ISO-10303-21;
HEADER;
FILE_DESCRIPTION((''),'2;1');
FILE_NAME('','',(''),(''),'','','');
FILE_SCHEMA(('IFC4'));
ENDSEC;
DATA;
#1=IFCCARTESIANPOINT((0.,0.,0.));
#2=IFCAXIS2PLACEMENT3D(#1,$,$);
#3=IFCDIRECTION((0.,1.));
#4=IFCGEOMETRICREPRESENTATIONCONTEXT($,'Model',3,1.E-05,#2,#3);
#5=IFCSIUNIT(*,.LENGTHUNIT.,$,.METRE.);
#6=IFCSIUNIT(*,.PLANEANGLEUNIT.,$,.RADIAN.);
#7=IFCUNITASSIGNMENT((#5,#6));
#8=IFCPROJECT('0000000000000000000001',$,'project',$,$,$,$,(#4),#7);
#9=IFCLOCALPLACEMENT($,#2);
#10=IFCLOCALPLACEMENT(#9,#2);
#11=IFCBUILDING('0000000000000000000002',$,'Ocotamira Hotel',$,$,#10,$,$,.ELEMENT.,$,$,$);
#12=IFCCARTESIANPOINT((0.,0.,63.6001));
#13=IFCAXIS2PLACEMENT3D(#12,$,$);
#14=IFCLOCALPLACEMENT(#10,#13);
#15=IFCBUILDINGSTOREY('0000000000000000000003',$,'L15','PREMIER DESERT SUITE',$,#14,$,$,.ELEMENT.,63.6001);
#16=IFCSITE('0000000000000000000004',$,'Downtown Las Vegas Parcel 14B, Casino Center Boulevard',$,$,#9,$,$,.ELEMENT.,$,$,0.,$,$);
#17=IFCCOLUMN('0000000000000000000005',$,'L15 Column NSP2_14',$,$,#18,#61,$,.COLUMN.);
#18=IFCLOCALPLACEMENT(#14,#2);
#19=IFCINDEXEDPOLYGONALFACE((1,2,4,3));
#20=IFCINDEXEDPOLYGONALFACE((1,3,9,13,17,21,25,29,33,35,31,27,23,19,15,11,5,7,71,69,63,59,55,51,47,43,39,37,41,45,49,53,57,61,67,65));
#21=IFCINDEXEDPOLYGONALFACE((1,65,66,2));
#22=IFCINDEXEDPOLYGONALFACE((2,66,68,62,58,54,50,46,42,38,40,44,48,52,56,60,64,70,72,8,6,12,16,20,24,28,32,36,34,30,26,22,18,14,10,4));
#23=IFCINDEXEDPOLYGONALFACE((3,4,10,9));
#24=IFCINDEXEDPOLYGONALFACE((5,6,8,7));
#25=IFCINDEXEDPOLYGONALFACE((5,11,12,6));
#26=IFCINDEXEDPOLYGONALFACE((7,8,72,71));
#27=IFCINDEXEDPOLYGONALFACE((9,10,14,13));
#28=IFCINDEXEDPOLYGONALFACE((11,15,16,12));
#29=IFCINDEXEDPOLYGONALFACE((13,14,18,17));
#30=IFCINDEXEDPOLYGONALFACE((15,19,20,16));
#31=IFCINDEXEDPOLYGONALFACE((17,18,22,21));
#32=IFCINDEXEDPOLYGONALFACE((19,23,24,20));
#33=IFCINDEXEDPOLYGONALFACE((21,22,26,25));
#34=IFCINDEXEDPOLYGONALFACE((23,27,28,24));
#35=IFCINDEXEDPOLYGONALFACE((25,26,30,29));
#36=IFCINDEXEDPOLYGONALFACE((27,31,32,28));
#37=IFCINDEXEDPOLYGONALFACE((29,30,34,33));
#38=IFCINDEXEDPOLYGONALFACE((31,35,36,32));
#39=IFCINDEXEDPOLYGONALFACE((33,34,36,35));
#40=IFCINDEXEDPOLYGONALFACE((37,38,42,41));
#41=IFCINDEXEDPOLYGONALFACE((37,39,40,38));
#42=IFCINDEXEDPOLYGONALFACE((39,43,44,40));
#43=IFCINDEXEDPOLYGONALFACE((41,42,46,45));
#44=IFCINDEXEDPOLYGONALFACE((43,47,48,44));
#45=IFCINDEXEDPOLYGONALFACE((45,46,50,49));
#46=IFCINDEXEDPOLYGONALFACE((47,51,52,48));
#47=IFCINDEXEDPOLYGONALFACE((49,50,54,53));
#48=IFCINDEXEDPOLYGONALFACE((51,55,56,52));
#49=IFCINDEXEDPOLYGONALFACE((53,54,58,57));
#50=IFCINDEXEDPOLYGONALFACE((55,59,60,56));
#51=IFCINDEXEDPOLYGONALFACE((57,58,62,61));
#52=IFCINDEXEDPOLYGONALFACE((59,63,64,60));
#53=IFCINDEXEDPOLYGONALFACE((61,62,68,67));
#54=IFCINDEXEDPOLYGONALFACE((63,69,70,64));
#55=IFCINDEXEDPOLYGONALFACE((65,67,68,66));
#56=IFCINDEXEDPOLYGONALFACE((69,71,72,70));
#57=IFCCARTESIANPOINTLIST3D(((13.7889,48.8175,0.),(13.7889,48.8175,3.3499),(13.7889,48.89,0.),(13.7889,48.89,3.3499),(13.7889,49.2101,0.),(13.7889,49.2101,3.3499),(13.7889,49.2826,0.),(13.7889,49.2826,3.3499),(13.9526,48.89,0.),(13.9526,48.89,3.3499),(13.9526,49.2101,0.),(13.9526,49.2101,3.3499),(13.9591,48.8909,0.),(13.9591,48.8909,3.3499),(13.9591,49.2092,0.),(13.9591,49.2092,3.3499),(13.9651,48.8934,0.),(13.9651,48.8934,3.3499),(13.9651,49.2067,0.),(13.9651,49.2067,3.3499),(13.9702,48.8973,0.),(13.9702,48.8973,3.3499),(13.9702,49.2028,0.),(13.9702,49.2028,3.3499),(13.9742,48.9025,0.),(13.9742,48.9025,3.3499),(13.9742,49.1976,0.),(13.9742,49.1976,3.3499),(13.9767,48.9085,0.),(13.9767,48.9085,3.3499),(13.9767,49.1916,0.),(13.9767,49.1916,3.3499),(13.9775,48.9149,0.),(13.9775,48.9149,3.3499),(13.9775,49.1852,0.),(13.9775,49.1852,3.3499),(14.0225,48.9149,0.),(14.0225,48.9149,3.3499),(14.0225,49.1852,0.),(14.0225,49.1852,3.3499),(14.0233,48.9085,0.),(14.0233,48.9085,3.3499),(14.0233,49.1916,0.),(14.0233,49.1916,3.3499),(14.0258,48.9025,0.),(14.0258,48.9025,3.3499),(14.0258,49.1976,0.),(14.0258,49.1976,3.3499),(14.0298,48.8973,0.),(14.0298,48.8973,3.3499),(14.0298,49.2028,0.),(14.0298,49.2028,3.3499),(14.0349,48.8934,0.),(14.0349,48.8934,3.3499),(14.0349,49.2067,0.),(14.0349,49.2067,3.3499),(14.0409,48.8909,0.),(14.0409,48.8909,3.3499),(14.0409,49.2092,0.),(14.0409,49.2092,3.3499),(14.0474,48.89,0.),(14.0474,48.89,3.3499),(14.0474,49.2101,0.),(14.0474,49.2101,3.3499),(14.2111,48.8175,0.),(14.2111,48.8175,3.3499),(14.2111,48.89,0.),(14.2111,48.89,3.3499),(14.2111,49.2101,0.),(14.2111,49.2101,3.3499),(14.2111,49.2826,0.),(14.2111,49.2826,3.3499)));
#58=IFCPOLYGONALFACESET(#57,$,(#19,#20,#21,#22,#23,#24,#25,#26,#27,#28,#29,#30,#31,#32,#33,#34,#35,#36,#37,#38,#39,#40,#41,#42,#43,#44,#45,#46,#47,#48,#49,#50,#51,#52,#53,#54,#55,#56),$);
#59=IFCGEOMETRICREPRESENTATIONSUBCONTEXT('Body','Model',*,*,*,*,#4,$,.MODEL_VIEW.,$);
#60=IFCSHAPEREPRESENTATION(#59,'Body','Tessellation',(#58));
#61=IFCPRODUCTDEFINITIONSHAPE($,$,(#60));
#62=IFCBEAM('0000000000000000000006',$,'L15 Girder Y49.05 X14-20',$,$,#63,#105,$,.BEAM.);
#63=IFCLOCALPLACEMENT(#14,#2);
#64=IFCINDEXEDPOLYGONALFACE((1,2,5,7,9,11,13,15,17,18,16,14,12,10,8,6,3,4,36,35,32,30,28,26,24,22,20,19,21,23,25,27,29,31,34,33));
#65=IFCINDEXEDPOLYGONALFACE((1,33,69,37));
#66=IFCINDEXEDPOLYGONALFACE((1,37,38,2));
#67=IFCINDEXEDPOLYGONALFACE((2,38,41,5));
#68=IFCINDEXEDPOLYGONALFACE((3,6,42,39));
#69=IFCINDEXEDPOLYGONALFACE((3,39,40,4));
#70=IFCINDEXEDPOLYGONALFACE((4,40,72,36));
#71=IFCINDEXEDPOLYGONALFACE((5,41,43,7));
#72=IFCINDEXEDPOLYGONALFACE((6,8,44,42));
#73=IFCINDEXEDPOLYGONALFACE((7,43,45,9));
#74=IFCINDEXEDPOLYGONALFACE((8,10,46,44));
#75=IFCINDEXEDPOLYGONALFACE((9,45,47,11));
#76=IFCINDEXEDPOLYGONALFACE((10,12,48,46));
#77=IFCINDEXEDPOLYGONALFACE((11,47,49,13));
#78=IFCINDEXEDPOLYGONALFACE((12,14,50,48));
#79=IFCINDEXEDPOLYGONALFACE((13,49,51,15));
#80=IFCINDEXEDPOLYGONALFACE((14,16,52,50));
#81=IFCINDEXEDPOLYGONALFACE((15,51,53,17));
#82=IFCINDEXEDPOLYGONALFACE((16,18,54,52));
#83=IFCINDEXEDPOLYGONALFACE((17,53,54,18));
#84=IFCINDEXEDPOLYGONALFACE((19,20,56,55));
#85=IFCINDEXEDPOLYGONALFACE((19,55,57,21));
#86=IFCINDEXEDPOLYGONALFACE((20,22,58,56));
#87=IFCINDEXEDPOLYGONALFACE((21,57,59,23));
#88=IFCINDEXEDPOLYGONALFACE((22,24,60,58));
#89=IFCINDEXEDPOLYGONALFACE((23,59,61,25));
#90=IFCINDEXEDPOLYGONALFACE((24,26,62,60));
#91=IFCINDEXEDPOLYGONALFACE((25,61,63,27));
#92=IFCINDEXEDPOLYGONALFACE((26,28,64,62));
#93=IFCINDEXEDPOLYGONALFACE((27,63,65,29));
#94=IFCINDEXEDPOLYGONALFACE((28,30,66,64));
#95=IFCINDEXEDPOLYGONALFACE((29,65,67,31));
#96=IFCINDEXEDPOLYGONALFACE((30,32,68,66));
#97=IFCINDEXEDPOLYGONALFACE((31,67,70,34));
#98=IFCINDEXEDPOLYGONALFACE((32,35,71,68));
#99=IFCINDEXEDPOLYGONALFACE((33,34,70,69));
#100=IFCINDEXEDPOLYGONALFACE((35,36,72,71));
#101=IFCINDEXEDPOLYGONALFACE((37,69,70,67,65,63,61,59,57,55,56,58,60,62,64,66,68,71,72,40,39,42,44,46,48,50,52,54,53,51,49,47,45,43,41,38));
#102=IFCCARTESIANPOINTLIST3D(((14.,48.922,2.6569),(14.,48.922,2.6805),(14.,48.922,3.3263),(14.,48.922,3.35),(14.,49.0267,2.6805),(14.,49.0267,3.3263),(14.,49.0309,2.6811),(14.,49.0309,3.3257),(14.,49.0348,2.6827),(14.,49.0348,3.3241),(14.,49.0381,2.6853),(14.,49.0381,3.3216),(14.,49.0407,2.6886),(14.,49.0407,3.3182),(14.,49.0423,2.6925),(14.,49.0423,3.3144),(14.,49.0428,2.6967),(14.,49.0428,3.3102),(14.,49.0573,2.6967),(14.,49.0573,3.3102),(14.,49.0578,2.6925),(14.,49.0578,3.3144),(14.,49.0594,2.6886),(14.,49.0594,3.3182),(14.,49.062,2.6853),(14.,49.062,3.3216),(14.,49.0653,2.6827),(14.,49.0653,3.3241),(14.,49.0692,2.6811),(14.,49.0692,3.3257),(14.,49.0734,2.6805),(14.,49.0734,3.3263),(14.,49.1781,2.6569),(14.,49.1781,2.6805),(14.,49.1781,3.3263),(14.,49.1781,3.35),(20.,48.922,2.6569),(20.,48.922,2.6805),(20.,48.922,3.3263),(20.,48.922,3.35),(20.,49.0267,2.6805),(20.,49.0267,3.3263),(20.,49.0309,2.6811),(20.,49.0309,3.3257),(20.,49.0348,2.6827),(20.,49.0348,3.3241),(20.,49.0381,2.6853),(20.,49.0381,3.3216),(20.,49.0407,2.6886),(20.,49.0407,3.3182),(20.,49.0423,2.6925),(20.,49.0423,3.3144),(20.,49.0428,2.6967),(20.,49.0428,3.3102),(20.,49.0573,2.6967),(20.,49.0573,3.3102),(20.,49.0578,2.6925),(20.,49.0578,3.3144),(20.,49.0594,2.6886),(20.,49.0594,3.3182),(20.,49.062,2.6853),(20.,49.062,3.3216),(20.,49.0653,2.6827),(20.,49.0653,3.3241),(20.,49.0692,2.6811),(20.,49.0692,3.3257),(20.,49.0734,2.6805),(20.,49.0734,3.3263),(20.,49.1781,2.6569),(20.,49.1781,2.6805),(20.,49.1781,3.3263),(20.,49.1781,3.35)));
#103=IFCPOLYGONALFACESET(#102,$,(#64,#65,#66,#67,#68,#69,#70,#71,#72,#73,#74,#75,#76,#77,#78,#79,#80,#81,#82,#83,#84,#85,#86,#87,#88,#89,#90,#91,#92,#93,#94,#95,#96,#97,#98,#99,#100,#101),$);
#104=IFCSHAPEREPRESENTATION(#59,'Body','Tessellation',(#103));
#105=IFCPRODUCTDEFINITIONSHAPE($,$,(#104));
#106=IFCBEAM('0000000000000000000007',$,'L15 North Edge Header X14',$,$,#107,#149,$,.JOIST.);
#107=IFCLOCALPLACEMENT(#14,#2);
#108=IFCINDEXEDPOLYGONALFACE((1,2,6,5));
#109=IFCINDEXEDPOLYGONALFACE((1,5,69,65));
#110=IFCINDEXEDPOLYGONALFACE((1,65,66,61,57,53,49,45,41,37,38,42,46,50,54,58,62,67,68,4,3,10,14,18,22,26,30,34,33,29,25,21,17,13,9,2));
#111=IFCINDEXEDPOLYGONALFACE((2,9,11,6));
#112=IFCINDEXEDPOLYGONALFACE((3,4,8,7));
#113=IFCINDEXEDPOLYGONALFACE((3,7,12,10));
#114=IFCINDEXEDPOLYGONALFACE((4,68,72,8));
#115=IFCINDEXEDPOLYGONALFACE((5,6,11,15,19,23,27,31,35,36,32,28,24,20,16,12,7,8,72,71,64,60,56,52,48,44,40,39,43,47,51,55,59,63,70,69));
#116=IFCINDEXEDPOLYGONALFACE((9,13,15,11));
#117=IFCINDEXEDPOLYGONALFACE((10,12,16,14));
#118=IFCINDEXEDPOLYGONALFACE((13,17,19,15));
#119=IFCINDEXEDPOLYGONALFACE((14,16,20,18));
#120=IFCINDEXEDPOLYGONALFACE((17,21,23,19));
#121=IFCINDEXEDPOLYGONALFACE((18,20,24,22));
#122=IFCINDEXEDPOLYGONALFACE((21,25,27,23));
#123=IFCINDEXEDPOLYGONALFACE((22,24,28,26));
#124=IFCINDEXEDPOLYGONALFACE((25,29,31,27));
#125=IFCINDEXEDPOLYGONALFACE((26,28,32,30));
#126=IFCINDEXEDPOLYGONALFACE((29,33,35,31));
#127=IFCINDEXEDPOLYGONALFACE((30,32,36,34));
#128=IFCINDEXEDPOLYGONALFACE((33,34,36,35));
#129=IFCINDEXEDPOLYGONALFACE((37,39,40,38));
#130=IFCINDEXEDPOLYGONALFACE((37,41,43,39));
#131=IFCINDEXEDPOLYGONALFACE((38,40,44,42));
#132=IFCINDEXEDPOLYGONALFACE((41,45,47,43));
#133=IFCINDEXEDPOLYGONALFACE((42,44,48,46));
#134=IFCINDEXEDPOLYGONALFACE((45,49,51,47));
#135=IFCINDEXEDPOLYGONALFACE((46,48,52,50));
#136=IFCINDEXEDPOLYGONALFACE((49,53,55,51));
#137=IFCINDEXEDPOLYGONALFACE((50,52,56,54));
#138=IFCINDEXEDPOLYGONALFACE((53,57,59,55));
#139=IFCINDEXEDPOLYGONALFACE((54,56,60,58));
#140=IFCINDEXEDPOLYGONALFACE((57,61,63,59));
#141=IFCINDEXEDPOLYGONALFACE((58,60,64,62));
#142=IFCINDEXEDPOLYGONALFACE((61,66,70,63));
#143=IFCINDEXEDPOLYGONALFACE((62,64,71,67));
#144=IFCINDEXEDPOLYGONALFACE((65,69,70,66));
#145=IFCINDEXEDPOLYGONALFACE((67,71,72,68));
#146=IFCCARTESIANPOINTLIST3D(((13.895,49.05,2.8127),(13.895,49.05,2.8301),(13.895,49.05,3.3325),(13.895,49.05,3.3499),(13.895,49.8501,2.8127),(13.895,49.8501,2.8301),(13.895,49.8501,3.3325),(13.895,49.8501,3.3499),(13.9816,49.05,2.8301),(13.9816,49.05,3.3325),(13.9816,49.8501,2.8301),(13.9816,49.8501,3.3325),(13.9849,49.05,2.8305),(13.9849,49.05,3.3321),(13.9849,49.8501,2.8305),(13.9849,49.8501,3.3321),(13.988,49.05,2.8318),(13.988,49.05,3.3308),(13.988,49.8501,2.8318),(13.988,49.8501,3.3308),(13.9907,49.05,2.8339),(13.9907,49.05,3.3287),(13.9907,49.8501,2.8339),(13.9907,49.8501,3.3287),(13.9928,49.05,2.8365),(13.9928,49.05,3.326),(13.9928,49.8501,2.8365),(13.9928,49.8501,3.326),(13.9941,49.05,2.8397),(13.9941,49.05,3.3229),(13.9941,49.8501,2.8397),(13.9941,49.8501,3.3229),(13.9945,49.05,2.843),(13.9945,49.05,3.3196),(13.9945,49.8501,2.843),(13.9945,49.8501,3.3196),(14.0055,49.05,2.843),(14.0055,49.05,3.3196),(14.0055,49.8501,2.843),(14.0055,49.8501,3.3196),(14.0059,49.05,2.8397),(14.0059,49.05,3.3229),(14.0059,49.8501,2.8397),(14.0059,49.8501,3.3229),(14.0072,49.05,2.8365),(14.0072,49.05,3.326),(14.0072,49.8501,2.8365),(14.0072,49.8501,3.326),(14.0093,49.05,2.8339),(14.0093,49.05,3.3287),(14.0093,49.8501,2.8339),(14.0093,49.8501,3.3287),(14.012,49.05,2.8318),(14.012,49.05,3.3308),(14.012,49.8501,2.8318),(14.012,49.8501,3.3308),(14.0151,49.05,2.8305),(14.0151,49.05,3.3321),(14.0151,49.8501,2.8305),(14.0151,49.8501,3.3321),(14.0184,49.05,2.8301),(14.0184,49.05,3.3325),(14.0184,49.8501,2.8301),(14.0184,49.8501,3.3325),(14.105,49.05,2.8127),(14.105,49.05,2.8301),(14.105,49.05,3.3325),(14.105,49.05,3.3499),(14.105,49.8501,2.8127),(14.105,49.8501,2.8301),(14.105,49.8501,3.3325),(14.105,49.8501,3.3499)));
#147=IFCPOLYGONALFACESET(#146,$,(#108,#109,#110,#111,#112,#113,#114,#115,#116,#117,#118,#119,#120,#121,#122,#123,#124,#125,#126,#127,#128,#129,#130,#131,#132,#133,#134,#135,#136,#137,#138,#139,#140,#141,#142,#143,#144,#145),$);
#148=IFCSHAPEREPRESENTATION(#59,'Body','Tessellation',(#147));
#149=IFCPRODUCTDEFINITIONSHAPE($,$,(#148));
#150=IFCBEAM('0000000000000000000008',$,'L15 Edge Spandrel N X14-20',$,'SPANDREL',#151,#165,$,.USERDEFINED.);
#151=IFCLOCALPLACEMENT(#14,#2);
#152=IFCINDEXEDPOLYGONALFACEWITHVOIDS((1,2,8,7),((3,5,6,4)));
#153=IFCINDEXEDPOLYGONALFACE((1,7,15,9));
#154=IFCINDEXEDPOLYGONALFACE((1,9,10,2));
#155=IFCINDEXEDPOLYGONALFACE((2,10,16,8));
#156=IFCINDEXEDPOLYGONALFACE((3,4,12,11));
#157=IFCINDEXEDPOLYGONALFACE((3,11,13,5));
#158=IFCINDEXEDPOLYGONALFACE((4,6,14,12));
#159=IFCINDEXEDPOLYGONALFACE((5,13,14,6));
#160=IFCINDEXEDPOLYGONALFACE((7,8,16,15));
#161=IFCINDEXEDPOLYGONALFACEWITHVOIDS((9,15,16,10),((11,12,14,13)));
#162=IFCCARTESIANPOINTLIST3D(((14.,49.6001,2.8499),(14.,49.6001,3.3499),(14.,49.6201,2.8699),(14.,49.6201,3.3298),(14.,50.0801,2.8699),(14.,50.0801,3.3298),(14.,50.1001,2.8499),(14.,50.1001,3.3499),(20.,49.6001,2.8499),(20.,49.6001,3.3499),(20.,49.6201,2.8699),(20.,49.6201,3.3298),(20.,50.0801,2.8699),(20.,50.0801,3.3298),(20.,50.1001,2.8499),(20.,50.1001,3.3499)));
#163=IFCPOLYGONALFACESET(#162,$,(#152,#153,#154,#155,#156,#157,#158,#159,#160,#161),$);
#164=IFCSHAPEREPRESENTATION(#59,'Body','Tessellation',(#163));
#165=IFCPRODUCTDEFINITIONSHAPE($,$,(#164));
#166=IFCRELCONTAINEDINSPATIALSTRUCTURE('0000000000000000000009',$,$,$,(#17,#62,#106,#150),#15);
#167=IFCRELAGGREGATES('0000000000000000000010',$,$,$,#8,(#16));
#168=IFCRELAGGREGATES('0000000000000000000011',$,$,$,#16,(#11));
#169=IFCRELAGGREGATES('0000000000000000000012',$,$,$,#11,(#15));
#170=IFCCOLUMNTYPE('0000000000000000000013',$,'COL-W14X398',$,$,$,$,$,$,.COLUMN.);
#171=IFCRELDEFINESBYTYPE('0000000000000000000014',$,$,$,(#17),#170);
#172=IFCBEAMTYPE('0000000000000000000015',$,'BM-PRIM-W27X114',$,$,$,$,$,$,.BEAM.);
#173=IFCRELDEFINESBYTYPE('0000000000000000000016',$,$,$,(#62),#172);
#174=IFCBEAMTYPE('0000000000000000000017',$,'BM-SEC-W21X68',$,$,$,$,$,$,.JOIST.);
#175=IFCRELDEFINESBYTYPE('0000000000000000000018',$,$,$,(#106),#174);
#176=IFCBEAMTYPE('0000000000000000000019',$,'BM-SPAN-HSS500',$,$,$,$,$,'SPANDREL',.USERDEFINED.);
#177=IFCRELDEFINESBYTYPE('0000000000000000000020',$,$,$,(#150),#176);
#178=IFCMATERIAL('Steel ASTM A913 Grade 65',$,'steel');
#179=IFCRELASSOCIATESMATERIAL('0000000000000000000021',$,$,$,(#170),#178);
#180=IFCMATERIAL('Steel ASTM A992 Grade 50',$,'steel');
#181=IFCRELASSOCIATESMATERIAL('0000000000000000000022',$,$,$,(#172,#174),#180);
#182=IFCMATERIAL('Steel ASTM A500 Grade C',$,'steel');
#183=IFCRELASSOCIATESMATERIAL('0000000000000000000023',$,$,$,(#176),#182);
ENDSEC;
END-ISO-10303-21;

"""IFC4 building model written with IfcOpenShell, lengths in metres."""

from ifc_helpers import new_model, si_unit, direction, frame, origin, origin_2d, place, context, subcontext, project, spatial, hollow_rectangle, i_section, extrude, source, transform, mapped, material, material_profile, profile_set, type_object, element, save


model = new_model("IFC4")

# Units and contexts
model_context = context("Model", 3, precision=1e-05, world=origin(), true_north=direction((0.0, 1.0)))
body_context = subcontext(model_context, "Body", "Model", "MODEL_VIEW")
ifc_project = project(units=[si_unit("LENGTHUNIT", "METRE"), si_unit("PLANEANGLEUNIT", "RADIAN")], contexts=[model_context])

# Site, building, storey
site_placement = place(None, origin())
site = spatial("IfcSite", under=ifc_project, at=site_placement, Name="Downtown Las Vegas Parcel 14B, Casino Center Boulevard", CompositionType="ELEMENT", RefElevation=0.0)
building_placement = place(site_placement, origin())
building = spatial("IfcBuilding", under=site, at=building_placement, Name="Ocotamira Hotel", CompositionType="ELEMENT")
storey_placement = place(building_placement, frame((0.0, 0.0, 63.6001)))
storey = spatial("IfcBuildingStorey", under=building, at=storey_placement, Name="L15", Description="PREMIER DESERT SUITE", CompositionType="ELEMENT", Elevation=63.6001)

# Column
ifc_material_1 = material(Name="Steel ASTM A913 Grade 65", Category="steel")
ifc_material_profile_1 = material_profile(ifc_material_1, i_section(OverallWidth=0.4221, OverallDepth=0.4651, WebThickness=0.0449, FlangeThickness=0.0725, FilletRadius=0.0249, at=origin_2d()), Name="W14X398")
ifc_profile_set_1 = profile_set([ifc_material_profile_1], Name="Steel ASTM A913 Grade 65")
column_type = type_object("IfcColumnType", Name="COL-W14X398", PredefinedType="COLUMN", material=ifc_profile_set_1)
shared_shape_1 = source(origin(), body_context, "Body", "SweptSolid", [
    extrude(i_section(OverallWidth=0.4221, OverallDepth=0.4651, WebThickness=0.0449, FlangeThickness=0.0725, FilletRadius=0.0249, at=origin_2d()), origin(), (0.0, 0.0, 1.0), 3.3499),
])
column_placement = place(storey_placement, frame((14.0, 49.05, 0.0), z_axis=(0.0, 0.0, 1.0), x_axis=(1.0, 0.0, 0.0)))
element("IfcColumn", 1, at=column_placement, inside=storey, type_object=column_type, Name="L15 Column NSP2_14", PredefinedType="COLUMN", context=body_context, shape_type="MappedRepresentation", body=[
    mapped(shared_shape_1, transform((0.0, 0.0, 0.0), scale=1.0)),
])

# Beams
ifc_material_2 = material(Name="Steel ASTM A992 Grade 50", Category="steel")
ifc_material_profile_2 = material_profile(ifc_material_2, i_section(OverallWidth=0.2561, OverallDepth=0.6931, WebThickness=0.0144, FlangeThickness=0.0237, FilletRadius=0.0161, at=origin_2d()), Name="W27X114")
ifc_profile_set_2 = profile_set([ifc_material_profile_2], Name="Steel ASTM A992 Grade 50")
beam_type_1 = type_object("IfcBeamType", Name="BM-PRIM-W27X114", PredefinedType="BEAM", material=ifc_profile_set_2)
shared_shape_2 = source(origin(), body_context, "Body", "SweptSolid", [
    extrude(i_section(OverallWidth=0.2561, OverallDepth=0.6931, WebThickness=0.0144, FlangeThickness=0.0237, FilletRadius=0.0161, at=origin_2d()), origin(), (0.0, 0.0, 1.0), 6.0),
])
beam_1_placement = place(storey_placement, frame((14.0, 49.05, 3.0034), z_axis=(1.0, 0.0, 0.0), x_axis=(0.0, 1.0, 0.0)))
element("IfcBeam", 2, at=beam_1_placement, inside=storey, type_object=beam_type_1, Name="L15 Girder Y49.05 X14-20", PredefinedType="BEAM", context=body_context, shape_type="MappedRepresentation", body=[
    mapped(shared_shape_2, transform((0.0, 0.0, 0.0), scale=1.0)),
])
ifc_material_profile_3 = material_profile(ifc_material_2, i_section(OverallWidth=0.21, OverallDepth=0.5371, WebThickness=0.011, FlangeThickness=0.0173, FilletRadius=0.0129, at=origin_2d()), Name="W21X68")
ifc_profile_set_3 = profile_set([ifc_material_profile_3], Name="Steel ASTM A992 Grade 50")
beam_type_2 = type_object("IfcBeamType", Name="BM-SEC-W21X68", PredefinedType="JOIST", material=ifc_profile_set_3)
shared_shape_3 = source(origin(), body_context, "Body", "SweptSolid", [
    extrude(i_section(OverallWidth=0.21, OverallDepth=0.5371, WebThickness=0.011, FlangeThickness=0.0173, FilletRadius=0.0129, at=origin_2d()), origin(), (0.0, 0.0, 1.0), 0.8),
])
beam_2_placement = place(storey_placement, frame((14.0, 49.05, 3.0813), z_axis=(0.0, 1.0, 0.0), x_axis=(-1.0, 0.0, 0.0)))
element("IfcBeam", 3, at=beam_2_placement, inside=storey, type_object=beam_type_2, Name="L15 North Edge Header X14", PredefinedType="JOIST", context=body_context, shape_type="MappedRepresentation", body=[
    mapped(shared_shape_3, transform((0.0, 0.0, 0.0), scale=1.0)),
])
ifc_material_3 = material(Name="Steel ASTM A500 Grade C", Category="steel")
ifc_material_profile_4 = material_profile(ifc_material_3, hollow_rectangle(XDim=0.5, YDim=0.5, WallThickness=0.02, at=origin_2d()), Name="HSS500X500X20")
ifc_profile_set_4 = profile_set([ifc_material_profile_4], Name="Steel ASTM A500 Grade C")
beam_type_3 = type_object("IfcBeamType", Name="BM-SPAN-HSS500", ElementType="SPANDREL", PredefinedType="USERDEFINED", material=ifc_profile_set_4)
shared_shape_4 = source(origin(), body_context, "Body", "SweptSolid", [
    extrude(hollow_rectangle(XDim=0.5, YDim=0.5, WallThickness=0.02, at=origin_2d()), origin(), (0.0, 0.0, 1.0), 6.0),
])
beam_3_placement = place(storey_placement, frame((14.0, 49.8501, 3.0999), z_axis=(1.0, 0.0, 0.0), x_axis=(0.0, 1.0, 0.0)))
element("IfcBeam", 4, at=beam_3_placement, inside=storey, type_object=beam_type_3, Name="L15 Edge Spandrel N X14-20", ObjectType="SPANDREL", PredefinedType="USERDEFINED", context=body_context, shape_type="MappedRepresentation", body=[
    mapped(shared_shape_4, transform((0.0, 0.0, 0.0), scale=1.0)),
])

save(model, "model.ifc")
